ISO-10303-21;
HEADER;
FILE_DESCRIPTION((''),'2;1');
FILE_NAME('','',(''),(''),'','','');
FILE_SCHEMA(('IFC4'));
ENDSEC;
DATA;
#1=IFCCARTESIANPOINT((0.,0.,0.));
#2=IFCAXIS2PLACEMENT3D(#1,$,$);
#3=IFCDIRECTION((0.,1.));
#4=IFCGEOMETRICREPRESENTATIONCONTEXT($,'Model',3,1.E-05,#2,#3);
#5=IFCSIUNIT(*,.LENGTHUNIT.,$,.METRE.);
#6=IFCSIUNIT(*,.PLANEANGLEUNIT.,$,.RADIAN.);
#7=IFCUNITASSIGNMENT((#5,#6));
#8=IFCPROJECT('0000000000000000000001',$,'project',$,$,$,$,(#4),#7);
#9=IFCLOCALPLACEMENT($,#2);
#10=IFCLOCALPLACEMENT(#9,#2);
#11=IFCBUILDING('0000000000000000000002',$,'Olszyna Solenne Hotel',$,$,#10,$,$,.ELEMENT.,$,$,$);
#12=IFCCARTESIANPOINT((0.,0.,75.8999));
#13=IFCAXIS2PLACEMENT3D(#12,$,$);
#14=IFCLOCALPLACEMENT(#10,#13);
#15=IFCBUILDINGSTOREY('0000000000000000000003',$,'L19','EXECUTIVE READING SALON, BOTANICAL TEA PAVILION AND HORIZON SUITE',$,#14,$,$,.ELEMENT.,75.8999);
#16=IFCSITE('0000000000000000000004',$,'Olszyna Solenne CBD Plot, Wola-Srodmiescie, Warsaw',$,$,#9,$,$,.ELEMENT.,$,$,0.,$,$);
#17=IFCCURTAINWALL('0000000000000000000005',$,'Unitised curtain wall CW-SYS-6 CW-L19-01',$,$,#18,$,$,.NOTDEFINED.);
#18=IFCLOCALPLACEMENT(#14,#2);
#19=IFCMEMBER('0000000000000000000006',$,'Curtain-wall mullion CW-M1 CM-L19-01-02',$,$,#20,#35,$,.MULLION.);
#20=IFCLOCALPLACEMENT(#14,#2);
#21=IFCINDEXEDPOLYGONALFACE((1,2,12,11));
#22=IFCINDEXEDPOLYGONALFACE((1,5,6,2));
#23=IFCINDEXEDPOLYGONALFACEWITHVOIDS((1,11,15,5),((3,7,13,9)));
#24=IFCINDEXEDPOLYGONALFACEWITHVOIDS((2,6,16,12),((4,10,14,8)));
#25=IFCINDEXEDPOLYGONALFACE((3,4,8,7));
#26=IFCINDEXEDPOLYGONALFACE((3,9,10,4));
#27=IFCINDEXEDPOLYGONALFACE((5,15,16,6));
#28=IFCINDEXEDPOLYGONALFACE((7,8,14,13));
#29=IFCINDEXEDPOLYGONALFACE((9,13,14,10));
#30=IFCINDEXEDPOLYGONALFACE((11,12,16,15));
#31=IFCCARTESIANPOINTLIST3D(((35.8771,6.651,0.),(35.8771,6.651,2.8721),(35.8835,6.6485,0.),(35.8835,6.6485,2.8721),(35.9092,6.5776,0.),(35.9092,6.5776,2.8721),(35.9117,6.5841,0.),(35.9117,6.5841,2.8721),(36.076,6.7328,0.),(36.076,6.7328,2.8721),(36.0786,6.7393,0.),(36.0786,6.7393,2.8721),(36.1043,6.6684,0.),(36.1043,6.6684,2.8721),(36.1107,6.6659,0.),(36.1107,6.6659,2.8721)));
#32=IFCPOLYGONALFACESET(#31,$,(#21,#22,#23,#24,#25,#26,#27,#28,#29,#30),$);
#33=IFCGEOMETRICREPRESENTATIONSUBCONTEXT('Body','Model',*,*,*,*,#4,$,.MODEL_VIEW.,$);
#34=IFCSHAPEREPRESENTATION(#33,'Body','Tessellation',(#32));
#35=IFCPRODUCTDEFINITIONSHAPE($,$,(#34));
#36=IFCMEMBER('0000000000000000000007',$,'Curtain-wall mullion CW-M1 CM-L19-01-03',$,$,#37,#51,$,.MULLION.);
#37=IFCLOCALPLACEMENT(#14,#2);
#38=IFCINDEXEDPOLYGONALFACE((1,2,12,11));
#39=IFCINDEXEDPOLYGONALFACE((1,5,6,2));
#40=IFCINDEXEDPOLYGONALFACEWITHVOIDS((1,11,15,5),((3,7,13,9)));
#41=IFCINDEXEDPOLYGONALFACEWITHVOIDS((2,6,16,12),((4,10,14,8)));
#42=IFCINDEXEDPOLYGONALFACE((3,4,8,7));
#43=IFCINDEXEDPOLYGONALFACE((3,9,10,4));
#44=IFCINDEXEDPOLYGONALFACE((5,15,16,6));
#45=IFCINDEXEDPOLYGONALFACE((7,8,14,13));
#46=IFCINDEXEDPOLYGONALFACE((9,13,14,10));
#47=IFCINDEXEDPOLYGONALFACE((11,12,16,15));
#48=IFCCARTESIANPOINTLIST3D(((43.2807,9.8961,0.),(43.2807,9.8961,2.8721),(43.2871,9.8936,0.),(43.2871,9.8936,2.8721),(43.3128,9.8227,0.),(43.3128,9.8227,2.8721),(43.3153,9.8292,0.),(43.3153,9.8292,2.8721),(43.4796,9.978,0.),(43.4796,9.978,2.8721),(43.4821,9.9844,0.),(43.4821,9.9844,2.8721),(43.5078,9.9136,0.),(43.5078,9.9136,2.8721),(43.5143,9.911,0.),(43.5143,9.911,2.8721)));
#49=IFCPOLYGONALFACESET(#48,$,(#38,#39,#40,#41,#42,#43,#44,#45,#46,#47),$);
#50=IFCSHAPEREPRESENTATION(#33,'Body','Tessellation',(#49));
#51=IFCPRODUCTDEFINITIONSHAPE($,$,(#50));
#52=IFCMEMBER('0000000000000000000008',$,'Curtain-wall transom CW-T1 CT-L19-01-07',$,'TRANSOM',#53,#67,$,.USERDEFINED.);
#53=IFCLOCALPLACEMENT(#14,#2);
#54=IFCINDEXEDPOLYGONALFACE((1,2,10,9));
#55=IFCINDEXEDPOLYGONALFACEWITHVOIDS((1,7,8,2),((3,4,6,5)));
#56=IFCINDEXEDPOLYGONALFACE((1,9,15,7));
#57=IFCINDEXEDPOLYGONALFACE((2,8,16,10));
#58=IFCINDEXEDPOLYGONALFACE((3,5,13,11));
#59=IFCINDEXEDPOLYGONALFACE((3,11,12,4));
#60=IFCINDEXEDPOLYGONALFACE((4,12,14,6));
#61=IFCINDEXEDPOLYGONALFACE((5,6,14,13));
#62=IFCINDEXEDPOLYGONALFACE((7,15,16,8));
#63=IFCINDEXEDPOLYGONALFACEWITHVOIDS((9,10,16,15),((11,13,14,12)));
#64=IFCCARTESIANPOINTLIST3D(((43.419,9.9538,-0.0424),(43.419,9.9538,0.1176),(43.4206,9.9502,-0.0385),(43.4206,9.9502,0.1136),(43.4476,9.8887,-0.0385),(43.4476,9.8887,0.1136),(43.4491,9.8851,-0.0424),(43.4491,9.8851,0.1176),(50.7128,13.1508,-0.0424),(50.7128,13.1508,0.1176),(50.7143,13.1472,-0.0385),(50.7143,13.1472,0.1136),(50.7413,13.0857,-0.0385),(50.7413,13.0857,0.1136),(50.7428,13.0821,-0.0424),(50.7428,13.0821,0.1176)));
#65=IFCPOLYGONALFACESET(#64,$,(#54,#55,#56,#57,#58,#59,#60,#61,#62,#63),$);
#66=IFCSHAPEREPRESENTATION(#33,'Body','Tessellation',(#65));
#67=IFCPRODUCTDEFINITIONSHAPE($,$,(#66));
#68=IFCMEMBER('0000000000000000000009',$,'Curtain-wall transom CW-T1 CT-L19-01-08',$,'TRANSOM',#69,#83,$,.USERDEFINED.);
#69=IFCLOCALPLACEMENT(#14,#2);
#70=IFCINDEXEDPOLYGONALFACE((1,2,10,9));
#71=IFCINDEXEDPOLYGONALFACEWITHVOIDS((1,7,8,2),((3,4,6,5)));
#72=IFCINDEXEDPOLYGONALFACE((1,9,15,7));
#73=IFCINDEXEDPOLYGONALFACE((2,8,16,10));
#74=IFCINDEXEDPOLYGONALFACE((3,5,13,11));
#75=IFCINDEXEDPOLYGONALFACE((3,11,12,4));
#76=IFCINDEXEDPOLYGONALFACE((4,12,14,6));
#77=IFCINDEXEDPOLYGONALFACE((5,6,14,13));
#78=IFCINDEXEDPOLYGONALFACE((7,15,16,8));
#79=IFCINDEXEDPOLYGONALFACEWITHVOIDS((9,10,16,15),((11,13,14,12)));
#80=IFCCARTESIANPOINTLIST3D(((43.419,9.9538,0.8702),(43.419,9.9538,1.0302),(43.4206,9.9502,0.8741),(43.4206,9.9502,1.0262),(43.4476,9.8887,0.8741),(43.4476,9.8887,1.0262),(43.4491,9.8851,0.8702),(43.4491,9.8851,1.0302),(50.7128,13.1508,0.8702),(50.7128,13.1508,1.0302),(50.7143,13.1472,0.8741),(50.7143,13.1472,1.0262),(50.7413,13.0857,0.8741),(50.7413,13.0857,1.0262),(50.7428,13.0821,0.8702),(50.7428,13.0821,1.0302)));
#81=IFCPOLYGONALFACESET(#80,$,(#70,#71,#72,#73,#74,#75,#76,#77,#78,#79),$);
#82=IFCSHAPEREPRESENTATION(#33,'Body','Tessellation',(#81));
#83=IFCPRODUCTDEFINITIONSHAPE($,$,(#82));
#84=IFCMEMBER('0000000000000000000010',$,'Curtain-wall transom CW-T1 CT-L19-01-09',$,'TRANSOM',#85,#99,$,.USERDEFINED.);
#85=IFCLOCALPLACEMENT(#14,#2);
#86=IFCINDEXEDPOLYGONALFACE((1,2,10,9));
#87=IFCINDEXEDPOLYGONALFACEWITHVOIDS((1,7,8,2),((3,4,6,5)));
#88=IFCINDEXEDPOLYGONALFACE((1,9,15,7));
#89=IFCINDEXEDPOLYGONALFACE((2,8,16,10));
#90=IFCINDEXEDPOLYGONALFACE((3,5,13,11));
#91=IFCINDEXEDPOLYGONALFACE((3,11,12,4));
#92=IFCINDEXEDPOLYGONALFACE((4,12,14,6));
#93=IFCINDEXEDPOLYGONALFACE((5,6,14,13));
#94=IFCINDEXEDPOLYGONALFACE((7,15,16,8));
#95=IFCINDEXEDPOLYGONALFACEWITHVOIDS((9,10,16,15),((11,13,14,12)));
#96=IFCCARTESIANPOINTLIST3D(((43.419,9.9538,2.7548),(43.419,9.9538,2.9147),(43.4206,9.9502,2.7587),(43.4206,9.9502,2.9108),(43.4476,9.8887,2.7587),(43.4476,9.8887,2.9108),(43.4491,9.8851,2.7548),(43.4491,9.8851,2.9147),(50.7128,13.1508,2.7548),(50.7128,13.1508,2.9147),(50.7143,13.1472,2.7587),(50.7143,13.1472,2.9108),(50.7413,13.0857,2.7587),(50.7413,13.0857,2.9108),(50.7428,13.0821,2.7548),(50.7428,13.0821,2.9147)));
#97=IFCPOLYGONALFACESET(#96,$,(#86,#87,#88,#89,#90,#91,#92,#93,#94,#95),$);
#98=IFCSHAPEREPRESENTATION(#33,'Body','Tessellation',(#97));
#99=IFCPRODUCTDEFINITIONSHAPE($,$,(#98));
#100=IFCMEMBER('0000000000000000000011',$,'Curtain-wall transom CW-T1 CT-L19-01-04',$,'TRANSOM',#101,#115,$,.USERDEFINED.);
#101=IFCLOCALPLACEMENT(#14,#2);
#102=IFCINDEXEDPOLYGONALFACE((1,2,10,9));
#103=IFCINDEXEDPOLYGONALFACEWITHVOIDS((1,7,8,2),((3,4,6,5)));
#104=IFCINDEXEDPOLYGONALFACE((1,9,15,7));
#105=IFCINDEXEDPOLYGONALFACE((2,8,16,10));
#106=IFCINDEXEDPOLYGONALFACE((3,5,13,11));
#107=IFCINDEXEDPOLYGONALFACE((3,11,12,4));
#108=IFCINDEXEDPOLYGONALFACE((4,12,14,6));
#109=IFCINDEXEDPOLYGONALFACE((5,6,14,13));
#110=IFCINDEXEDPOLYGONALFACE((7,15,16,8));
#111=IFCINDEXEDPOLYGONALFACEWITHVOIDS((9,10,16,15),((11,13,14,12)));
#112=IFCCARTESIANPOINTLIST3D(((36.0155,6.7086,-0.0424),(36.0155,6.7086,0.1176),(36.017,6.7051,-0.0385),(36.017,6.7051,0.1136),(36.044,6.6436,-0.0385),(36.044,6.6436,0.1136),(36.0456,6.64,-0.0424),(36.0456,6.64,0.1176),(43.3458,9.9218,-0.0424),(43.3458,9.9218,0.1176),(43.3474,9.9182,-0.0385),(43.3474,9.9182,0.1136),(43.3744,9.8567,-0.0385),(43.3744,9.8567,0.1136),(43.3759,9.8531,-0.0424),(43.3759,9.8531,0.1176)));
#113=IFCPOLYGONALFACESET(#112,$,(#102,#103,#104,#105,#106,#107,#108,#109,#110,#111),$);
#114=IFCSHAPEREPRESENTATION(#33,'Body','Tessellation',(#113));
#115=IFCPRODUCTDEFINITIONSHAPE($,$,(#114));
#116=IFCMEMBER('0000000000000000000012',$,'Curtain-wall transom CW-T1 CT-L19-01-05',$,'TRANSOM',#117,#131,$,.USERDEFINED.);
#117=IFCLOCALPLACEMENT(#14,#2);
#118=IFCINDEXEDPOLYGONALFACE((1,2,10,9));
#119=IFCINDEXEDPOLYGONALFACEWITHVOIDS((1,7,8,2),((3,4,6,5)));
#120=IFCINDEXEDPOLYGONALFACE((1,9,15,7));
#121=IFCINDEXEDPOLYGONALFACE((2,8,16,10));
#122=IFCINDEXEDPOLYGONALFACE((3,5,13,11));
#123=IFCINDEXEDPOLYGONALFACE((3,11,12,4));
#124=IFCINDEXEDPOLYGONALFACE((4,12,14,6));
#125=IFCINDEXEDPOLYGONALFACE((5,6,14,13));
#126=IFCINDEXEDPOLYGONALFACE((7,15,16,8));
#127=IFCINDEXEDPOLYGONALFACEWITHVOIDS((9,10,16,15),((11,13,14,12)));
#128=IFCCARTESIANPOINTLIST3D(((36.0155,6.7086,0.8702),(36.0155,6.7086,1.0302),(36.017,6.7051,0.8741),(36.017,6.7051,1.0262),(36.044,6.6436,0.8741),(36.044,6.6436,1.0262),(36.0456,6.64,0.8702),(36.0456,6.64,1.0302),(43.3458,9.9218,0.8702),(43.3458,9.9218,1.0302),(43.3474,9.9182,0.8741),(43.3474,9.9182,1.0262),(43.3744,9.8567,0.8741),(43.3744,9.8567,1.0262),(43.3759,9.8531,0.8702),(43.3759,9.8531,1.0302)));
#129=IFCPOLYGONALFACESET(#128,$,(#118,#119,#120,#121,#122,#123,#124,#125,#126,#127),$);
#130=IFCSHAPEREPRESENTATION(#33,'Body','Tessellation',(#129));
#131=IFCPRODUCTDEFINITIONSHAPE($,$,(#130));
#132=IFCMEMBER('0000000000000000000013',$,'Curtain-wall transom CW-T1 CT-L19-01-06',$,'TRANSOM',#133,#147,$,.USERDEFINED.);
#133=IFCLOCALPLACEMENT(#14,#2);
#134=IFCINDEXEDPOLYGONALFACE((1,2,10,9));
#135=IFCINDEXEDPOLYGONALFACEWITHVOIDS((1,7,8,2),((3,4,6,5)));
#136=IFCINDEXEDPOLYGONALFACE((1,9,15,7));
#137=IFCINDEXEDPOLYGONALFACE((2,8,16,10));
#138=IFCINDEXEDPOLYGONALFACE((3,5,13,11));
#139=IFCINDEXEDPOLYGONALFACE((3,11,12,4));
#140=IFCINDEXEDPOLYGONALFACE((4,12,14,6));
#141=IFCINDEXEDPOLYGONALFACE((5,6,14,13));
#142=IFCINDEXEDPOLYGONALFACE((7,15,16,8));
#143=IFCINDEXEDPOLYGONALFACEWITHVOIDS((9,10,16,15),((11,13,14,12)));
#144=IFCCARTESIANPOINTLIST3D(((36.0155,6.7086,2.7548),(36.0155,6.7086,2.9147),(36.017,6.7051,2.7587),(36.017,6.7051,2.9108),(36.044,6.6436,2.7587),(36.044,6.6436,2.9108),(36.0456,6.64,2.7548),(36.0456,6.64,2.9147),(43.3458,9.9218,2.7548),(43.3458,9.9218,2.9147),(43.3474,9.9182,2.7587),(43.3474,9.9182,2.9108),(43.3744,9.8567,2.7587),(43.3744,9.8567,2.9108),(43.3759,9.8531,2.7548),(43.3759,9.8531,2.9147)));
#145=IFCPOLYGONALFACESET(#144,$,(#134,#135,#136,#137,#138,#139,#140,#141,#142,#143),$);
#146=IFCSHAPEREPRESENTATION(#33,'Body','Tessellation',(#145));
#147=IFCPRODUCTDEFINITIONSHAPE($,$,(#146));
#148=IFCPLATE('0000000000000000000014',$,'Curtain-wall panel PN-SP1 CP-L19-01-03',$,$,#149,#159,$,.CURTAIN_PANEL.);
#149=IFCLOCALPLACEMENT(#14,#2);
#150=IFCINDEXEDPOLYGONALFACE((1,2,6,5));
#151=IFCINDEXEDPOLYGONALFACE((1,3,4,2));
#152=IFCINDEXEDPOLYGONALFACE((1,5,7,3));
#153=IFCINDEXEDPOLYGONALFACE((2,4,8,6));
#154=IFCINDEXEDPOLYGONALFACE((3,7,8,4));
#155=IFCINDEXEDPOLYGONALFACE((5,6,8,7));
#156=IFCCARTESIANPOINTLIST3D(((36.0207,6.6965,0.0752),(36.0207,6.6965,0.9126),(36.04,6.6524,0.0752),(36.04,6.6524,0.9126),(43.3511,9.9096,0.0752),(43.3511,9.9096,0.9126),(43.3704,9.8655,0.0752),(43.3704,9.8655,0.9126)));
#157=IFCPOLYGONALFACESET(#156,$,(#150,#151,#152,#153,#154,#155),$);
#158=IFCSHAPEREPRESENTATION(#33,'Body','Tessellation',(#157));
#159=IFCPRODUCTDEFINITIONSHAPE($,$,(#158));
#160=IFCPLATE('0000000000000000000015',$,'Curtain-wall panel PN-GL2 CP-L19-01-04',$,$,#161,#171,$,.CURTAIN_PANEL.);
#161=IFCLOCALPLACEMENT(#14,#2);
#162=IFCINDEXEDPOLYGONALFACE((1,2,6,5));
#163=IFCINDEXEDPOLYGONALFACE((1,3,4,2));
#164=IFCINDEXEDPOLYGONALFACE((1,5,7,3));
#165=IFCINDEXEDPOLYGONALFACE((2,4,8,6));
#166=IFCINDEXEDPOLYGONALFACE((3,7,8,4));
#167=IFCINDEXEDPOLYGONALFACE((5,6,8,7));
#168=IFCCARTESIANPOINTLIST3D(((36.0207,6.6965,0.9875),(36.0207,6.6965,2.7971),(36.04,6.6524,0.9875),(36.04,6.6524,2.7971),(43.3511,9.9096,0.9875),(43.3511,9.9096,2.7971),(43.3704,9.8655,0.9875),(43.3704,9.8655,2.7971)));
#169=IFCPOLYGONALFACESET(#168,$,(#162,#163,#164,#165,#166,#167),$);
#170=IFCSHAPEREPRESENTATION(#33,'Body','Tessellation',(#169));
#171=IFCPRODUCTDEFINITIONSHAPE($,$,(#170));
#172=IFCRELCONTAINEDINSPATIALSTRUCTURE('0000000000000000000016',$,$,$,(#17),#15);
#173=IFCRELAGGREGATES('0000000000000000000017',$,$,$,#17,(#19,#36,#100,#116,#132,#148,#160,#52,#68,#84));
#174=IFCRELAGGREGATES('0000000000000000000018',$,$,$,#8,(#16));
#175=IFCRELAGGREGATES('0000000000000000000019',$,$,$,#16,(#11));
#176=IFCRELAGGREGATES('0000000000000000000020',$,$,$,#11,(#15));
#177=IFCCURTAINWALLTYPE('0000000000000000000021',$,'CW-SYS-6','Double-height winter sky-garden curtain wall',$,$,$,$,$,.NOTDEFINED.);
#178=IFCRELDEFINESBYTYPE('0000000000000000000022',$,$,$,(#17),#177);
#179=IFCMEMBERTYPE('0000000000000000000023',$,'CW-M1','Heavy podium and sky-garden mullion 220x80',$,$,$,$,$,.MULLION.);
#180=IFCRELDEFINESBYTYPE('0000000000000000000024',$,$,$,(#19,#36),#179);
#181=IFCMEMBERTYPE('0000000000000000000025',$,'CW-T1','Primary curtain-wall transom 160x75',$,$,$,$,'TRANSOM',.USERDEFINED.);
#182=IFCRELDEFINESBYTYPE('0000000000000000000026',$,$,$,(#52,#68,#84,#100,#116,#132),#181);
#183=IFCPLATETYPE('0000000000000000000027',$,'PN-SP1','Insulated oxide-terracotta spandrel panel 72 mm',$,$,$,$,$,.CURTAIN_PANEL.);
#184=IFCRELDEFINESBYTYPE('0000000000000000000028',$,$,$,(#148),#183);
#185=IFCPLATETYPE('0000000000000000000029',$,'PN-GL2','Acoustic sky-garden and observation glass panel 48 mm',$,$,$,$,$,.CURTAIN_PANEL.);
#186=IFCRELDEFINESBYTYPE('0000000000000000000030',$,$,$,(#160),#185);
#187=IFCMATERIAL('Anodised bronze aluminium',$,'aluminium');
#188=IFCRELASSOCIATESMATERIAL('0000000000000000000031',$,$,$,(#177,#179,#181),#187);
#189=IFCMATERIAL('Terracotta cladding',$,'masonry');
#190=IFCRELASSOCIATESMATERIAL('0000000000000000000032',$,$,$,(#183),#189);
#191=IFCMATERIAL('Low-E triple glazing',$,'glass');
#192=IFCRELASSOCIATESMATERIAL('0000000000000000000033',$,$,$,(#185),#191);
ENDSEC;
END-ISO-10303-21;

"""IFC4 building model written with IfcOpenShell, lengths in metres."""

from ifc_helpers import new_model, si_unit, direction, frame, origin, origin_2d, place, context, subcontext, project, spatial, rectangle, hollow_rectangle, extrude, source, transform, mapped, material, material_profile, profile_set, type_object, element, aggregate, save


model = new_model("IFC4")

# Units and contexts
model_context = context("Model", 3, precision=1e-05, world=origin(), true_north=direction((0.0, 1.0)))
body_context = subcontext(model_context, "Body", "Model", "MODEL_VIEW")
ifc_project = project(units=[si_unit("LENGTHUNIT", "METRE"), si_unit("PLANEANGLEUNIT", "RADIAN")], contexts=[model_context])

# Site, building, storey
site_placement = place(None, origin())
site = spatial("IfcSite", under=ifc_project, at=site_placement, Name="Olszyna Solenne CBD Plot, Wola-Srodmiescie, Warsaw", CompositionType="ELEMENT", RefElevation=0.0)
building_placement = place(site_placement, origin())
building = spatial("IfcBuilding", under=site, at=building_placement, Name="Olszyna Solenne Hotel", CompositionType="ELEMENT")
storey_placement = place(building_placement, frame((0.0, 0.0, 75.8999)))
storey = spatial("IfcBuildingStorey", under=building, at=storey_placement, Name="L19", Description="EXECUTIVE READING SALON, BOTANICAL TEA PAVILION AND HORIZON SUITE", CompositionType="ELEMENT", Elevation=75.8999)

# Curtain wall, members, plates
ifc_material_1 = material(Name="Anodised bronze aluminium", Category="aluminium")
curtain_wall_type = type_object("IfcCurtainWallType", Name="CW-SYS-6", Description="Double-height winter sky-garden curtain wall", PredefinedType="NOTDEFINED", material=ifc_material_1)
curtain_wall_placement = place(storey_placement, origin())
curtain_wall = element("IfcCurtainWall", 1, at=curtain_wall_placement, inside=storey, type_object=curtain_wall_type, Name="Unitised curtain wall CW-SYS-6 CW-L19-01", PredefinedType="NOTDEFINED")
ifc_material_profile_1 = material_profile(ifc_material_1, hollow_rectangle(XDim=0.0801, YDim=0.22, WallThickness=0.0049, at=origin_2d()), Name="MULL 220x80x5", Category="load-bearing")
ifc_profile_set_1 = profile_set([ifc_material_profile_1], Name="Anodised bronze aluminium")
member_type_1 = type_object("IfcMemberType", Name="CW-M1", Description="Heavy podium and sky-garden mullion 220x80", PredefinedType="MULLION", material=ifc_profile_set_1)
shared_shape_1 = source(origin(), body_context, "Body", "SweptSolid", [
    extrude(hollow_rectangle(XDim=0.0801, YDim=0.22, WallThickness=0.0049, at=origin_2d()), origin(), (0.0, 0.0, 1.0), 2.8721),
])
member_1_placement = place(storey_placement, frame((35.9939, 6.6584, 0.0), z_axis=(0.0, 0.0, 1.0), x_axis=(-0.401449, 0.915881, 0.0)))
member_1 = element("IfcMember", 2, at=member_1_placement, type_object=member_type_1, Name="Curtain-wall mullion CW-M1 CM-L19-01-02", PredefinedType="MULLION", context=body_context, shape_type="MappedRepresentation", body=[
    mapped(shared_shape_1, transform((0.0, 0.0, 0.0), x_axis=(1.0, 0.0, 0.0), y_axis=(0.0, 1.0, 0.0), z_axis=(0.0, 0.0, 1.0), scale=1.0)),
])
member_2_placement = place(storey_placement, frame((43.3975, 9.9036, 0.0), z_axis=(0.0, 0.0, 1.0), x_axis=(-0.401449, 0.915881, 0.0)))
member_2 = element("IfcMember", 3, at=member_2_placement, type_object=member_type_1, Name="Curtain-wall mullion CW-M1 CM-L19-01-03", PredefinedType="MULLION", context=body_context, shape_type="MappedRepresentation", body=[
    mapped(shared_shape_1, transform((0.0, 0.0, 0.0), x_axis=(1.0, 0.0, 0.0), y_axis=(0.0, 1.0, 0.0), z_axis=(0.0, 0.0, 1.0), scale=1.0)),
])
ifc_material_profile_2 = material_profile(ifc_material_1, hollow_rectangle(XDim=0.075, YDim=0.1599, WallThickness=0.0039, at=origin_2d()), Name="TRAN 160x75x4", Category="load-bearing")
ifc_profile_set_2 = profile_set([ifc_material_profile_2], Name="Anodised bronze aluminium")
member_type_2 = type_object("IfcMemberType", Name="CW-T1", Description="Primary curtain-wall transom 160x75", ElementType="TRANSOM", PredefinedType="USERDEFINED", material=ifc_profile_set_2)
shared_shape_2 = source(origin(), body_context, "Body", "SweptSolid", [
    extrude(hollow_rectangle(XDim=0.075, YDim=0.1599, WallThickness=0.0039, at=origin_2d()), origin(), (0.0, 0.0, 1.0), 7.9636),
])
member_3_placement = place(storey_placement, frame((43.4341, 9.9194, 0.0376), z_axis=(0.915879, 0.401454, 0.0), x_axis=(-0.401454, 0.915879, 0.0)))
member_3 = element("IfcMember", 4, at=member_3_placement, type_object=member_type_2, Name="Curtain-wall transom CW-T1 CT-L19-01-07", ObjectType="TRANSOM", PredefinedType="USERDEFINED", context=body_context, shape_type="MappedRepresentation", body=[
    mapped(shared_shape_2, transform((0.0, 0.0, 0.0), x_axis=(1.0, 0.0, 0.0), y_axis=(0.0, 1.0, 0.0), z_axis=(0.0, 0.0, 1.0), scale=1.0)),
])
member_4_placement = place(storey_placement, frame((43.4341, 9.9194, 0.9502), z_axis=(0.915879, 0.401454, 0.0), x_axis=(-0.401454, 0.915879, 0.0)))
member_4 = element("IfcMember", 5, at=member_4_placement, type_object=member_type_2, Name="Curtain-wall transom CW-T1 CT-L19-01-08", ObjectType="TRANSOM", PredefinedType="USERDEFINED", context=body_context, shape_type="MappedRepresentation", body=[
    mapped(shared_shape_2, transform((0.0, 0.0, 0.0), x_axis=(1.0, 0.0, 0.0), y_axis=(0.0, 1.0, 0.0), z_axis=(0.0, 0.0, 1.0), scale=1.0)),
])
member_5_placement = place(storey_placement, frame((43.4341, 9.9194, 2.8347), z_axis=(0.915879, 0.401454, 0.0), x_axis=(-0.401454, 0.915879, 0.0)))
member_5 = element("IfcMember", 6, at=member_5_placement, type_object=member_type_2, Name="Curtain-wall transom CW-T1 CT-L19-01-09", ObjectType="TRANSOM", PredefinedType="USERDEFINED", context=body_context, shape_type="MappedRepresentation", body=[
    mapped(shared_shape_2, transform((0.0, 0.0, 0.0), x_axis=(1.0, 0.0, 0.0), y_axis=(0.0, 1.0, 0.0), z_axis=(0.0, 0.0, 1.0), scale=1.0)),
])
shared_shape_3 = source(origin(), body_context, "Body", "SweptSolid", [
    extrude(hollow_rectangle(XDim=0.075, YDim=0.1599, WallThickness=0.0039, at=origin_2d()), origin(), (0.0, 0.0, 1.0), 8.0037),
])
member_6_placement = place(storey_placement, frame((36.0305, 6.6743, 0.0376), z_axis=(0.915876, 0.40146, 0.0), x_axis=(-0.40146, 0.915876, 0.0)))
member_6 = element("IfcMember", 7, at=member_6_placement, type_object=member_type_2, Name="Curtain-wall transom CW-T1 CT-L19-01-04", ObjectType="TRANSOM", PredefinedType="USERDEFINED", context=body_context, shape_type="MappedRepresentation", body=[
    mapped(shared_shape_3, transform((0.0, 0.0, 0.0), x_axis=(1.0, 0.0, 0.0), y_axis=(0.0, 1.0, 0.0), z_axis=(0.0, 0.0, 1.0), scale=1.0)),
])
member_7_placement = place(storey_placement, frame((36.0305, 6.6743, 0.9502), z_axis=(0.915876, 0.40146, 0.0), x_axis=(-0.40146, 0.915876, 0.0)))
member_7 = element("IfcMember", 8, at=member_7_placement, type_object=member_type_2, Name="Curtain-wall transom CW-T1 CT-L19-01-05", ObjectType="TRANSOM", PredefinedType="USERDEFINED", context=body_context, shape_type="MappedRepresentation", body=[
    mapped(shared_shape_3, transform((0.0, 0.0, 0.0), x_axis=(1.0, 0.0, 0.0), y_axis=(0.0, 1.0, 0.0), z_axis=(0.0, 0.0, 1.0), scale=1.0)),
])
member_8_placement = place(storey_placement, frame((36.0305, 6.6743, 2.8347), z_axis=(0.915876, 0.40146, 0.0), x_axis=(-0.40146, 0.915876, 0.0)))
member_8 = element("IfcMember", 9, at=member_8_placement, type_object=member_type_2, Name="Curtain-wall transom CW-T1 CT-L19-01-06", ObjectType="TRANSOM", PredefinedType="USERDEFINED", context=body_context, shape_type="MappedRepresentation", body=[
    mapped(shared_shape_3, transform((0.0, 0.0, 0.0), x_axis=(1.0, 0.0, 0.0), y_axis=(0.0, 1.0, 0.0), z_axis=(0.0, 0.0, 1.0), scale=1.0)),
])
ifc_material_2 = material(Name="Terracotta cladding", Category="masonry")
plate_type_1 = type_object("IfcPlateType", Name="PN-SP1", Description="Insulated oxide-terracotta spandrel panel 72 mm", PredefinedType="CURTAIN_PANEL", material=ifc_material_2)
shared_shape_4 = source(origin(), body_context, "Body", "SweptSolid", [
    extrude(rectangle(XDim=8.0037, YDim=0.0481, at=origin_2d()), origin(), (0.0, 0.0, 1.0), 0.8374),
])
plate_1_placement = place(storey_placement, frame((39.6956, 8.281, 0.0752), z_axis=(0.0, 0.0, 1.0), x_axis=(0.915881, 0.401449, 0.0)))
plate_1 = element("IfcPlate", 10, at=plate_1_placement, type_object=plate_type_1, Name="Curtain-wall panel PN-SP1 CP-L19-01-03", PredefinedType="CURTAIN_PANEL", context=body_context, shape_type="MappedRepresentation", body=[
    mapped(shared_shape_4, transform((0.0, 0.0, 0.0), x_axis=(1.0, 0.0, 0.0), y_axis=(0.0, 1.0, 0.0), z_axis=(0.0, 0.0, 1.0), scale=1.0)),
])
ifc_material_3 = material(Name="Low-E triple glazing", Category="glass")
plate_type_2 = type_object("IfcPlateType", Name="PN-GL2", Description="Acoustic sky-garden and observation glass panel 48 mm", PredefinedType="CURTAIN_PANEL", material=ifc_material_3)
shared_shape_5 = source(origin(), body_context, "Body", "SweptSolid", [
    extrude(rectangle(XDim=8.0037, YDim=0.0481, at=origin_2d()), origin(), (0.0, 0.0, 1.0), 1.8096),
])
plate_2_placement = place(storey_placement, frame((39.6956, 8.281, 0.9875), z_axis=(0.0, 0.0, 1.0), x_axis=(0.915881, 0.401449, 0.0)))
plate_2 = element("IfcPlate", 11, at=plate_2_placement, type_object=plate_type_2, Name="Curtain-wall panel PN-GL2 CP-L19-01-04", PredefinedType="CURTAIN_PANEL", context=body_context, shape_type="MappedRepresentation", body=[
    mapped(shared_shape_5, transform((0.0, 0.0, 0.0), x_axis=(1.0, 0.0, 0.0), y_axis=(0.0, 1.0, 0.0), z_axis=(0.0, 0.0, 1.0), scale=1.0)),
])
aggregate(curtain_wall, [member_1, member_2, member_6, member_7, member_8, plate_1, plate_2, member_3, member_4, member_5])

save(model, "model.ifc")
